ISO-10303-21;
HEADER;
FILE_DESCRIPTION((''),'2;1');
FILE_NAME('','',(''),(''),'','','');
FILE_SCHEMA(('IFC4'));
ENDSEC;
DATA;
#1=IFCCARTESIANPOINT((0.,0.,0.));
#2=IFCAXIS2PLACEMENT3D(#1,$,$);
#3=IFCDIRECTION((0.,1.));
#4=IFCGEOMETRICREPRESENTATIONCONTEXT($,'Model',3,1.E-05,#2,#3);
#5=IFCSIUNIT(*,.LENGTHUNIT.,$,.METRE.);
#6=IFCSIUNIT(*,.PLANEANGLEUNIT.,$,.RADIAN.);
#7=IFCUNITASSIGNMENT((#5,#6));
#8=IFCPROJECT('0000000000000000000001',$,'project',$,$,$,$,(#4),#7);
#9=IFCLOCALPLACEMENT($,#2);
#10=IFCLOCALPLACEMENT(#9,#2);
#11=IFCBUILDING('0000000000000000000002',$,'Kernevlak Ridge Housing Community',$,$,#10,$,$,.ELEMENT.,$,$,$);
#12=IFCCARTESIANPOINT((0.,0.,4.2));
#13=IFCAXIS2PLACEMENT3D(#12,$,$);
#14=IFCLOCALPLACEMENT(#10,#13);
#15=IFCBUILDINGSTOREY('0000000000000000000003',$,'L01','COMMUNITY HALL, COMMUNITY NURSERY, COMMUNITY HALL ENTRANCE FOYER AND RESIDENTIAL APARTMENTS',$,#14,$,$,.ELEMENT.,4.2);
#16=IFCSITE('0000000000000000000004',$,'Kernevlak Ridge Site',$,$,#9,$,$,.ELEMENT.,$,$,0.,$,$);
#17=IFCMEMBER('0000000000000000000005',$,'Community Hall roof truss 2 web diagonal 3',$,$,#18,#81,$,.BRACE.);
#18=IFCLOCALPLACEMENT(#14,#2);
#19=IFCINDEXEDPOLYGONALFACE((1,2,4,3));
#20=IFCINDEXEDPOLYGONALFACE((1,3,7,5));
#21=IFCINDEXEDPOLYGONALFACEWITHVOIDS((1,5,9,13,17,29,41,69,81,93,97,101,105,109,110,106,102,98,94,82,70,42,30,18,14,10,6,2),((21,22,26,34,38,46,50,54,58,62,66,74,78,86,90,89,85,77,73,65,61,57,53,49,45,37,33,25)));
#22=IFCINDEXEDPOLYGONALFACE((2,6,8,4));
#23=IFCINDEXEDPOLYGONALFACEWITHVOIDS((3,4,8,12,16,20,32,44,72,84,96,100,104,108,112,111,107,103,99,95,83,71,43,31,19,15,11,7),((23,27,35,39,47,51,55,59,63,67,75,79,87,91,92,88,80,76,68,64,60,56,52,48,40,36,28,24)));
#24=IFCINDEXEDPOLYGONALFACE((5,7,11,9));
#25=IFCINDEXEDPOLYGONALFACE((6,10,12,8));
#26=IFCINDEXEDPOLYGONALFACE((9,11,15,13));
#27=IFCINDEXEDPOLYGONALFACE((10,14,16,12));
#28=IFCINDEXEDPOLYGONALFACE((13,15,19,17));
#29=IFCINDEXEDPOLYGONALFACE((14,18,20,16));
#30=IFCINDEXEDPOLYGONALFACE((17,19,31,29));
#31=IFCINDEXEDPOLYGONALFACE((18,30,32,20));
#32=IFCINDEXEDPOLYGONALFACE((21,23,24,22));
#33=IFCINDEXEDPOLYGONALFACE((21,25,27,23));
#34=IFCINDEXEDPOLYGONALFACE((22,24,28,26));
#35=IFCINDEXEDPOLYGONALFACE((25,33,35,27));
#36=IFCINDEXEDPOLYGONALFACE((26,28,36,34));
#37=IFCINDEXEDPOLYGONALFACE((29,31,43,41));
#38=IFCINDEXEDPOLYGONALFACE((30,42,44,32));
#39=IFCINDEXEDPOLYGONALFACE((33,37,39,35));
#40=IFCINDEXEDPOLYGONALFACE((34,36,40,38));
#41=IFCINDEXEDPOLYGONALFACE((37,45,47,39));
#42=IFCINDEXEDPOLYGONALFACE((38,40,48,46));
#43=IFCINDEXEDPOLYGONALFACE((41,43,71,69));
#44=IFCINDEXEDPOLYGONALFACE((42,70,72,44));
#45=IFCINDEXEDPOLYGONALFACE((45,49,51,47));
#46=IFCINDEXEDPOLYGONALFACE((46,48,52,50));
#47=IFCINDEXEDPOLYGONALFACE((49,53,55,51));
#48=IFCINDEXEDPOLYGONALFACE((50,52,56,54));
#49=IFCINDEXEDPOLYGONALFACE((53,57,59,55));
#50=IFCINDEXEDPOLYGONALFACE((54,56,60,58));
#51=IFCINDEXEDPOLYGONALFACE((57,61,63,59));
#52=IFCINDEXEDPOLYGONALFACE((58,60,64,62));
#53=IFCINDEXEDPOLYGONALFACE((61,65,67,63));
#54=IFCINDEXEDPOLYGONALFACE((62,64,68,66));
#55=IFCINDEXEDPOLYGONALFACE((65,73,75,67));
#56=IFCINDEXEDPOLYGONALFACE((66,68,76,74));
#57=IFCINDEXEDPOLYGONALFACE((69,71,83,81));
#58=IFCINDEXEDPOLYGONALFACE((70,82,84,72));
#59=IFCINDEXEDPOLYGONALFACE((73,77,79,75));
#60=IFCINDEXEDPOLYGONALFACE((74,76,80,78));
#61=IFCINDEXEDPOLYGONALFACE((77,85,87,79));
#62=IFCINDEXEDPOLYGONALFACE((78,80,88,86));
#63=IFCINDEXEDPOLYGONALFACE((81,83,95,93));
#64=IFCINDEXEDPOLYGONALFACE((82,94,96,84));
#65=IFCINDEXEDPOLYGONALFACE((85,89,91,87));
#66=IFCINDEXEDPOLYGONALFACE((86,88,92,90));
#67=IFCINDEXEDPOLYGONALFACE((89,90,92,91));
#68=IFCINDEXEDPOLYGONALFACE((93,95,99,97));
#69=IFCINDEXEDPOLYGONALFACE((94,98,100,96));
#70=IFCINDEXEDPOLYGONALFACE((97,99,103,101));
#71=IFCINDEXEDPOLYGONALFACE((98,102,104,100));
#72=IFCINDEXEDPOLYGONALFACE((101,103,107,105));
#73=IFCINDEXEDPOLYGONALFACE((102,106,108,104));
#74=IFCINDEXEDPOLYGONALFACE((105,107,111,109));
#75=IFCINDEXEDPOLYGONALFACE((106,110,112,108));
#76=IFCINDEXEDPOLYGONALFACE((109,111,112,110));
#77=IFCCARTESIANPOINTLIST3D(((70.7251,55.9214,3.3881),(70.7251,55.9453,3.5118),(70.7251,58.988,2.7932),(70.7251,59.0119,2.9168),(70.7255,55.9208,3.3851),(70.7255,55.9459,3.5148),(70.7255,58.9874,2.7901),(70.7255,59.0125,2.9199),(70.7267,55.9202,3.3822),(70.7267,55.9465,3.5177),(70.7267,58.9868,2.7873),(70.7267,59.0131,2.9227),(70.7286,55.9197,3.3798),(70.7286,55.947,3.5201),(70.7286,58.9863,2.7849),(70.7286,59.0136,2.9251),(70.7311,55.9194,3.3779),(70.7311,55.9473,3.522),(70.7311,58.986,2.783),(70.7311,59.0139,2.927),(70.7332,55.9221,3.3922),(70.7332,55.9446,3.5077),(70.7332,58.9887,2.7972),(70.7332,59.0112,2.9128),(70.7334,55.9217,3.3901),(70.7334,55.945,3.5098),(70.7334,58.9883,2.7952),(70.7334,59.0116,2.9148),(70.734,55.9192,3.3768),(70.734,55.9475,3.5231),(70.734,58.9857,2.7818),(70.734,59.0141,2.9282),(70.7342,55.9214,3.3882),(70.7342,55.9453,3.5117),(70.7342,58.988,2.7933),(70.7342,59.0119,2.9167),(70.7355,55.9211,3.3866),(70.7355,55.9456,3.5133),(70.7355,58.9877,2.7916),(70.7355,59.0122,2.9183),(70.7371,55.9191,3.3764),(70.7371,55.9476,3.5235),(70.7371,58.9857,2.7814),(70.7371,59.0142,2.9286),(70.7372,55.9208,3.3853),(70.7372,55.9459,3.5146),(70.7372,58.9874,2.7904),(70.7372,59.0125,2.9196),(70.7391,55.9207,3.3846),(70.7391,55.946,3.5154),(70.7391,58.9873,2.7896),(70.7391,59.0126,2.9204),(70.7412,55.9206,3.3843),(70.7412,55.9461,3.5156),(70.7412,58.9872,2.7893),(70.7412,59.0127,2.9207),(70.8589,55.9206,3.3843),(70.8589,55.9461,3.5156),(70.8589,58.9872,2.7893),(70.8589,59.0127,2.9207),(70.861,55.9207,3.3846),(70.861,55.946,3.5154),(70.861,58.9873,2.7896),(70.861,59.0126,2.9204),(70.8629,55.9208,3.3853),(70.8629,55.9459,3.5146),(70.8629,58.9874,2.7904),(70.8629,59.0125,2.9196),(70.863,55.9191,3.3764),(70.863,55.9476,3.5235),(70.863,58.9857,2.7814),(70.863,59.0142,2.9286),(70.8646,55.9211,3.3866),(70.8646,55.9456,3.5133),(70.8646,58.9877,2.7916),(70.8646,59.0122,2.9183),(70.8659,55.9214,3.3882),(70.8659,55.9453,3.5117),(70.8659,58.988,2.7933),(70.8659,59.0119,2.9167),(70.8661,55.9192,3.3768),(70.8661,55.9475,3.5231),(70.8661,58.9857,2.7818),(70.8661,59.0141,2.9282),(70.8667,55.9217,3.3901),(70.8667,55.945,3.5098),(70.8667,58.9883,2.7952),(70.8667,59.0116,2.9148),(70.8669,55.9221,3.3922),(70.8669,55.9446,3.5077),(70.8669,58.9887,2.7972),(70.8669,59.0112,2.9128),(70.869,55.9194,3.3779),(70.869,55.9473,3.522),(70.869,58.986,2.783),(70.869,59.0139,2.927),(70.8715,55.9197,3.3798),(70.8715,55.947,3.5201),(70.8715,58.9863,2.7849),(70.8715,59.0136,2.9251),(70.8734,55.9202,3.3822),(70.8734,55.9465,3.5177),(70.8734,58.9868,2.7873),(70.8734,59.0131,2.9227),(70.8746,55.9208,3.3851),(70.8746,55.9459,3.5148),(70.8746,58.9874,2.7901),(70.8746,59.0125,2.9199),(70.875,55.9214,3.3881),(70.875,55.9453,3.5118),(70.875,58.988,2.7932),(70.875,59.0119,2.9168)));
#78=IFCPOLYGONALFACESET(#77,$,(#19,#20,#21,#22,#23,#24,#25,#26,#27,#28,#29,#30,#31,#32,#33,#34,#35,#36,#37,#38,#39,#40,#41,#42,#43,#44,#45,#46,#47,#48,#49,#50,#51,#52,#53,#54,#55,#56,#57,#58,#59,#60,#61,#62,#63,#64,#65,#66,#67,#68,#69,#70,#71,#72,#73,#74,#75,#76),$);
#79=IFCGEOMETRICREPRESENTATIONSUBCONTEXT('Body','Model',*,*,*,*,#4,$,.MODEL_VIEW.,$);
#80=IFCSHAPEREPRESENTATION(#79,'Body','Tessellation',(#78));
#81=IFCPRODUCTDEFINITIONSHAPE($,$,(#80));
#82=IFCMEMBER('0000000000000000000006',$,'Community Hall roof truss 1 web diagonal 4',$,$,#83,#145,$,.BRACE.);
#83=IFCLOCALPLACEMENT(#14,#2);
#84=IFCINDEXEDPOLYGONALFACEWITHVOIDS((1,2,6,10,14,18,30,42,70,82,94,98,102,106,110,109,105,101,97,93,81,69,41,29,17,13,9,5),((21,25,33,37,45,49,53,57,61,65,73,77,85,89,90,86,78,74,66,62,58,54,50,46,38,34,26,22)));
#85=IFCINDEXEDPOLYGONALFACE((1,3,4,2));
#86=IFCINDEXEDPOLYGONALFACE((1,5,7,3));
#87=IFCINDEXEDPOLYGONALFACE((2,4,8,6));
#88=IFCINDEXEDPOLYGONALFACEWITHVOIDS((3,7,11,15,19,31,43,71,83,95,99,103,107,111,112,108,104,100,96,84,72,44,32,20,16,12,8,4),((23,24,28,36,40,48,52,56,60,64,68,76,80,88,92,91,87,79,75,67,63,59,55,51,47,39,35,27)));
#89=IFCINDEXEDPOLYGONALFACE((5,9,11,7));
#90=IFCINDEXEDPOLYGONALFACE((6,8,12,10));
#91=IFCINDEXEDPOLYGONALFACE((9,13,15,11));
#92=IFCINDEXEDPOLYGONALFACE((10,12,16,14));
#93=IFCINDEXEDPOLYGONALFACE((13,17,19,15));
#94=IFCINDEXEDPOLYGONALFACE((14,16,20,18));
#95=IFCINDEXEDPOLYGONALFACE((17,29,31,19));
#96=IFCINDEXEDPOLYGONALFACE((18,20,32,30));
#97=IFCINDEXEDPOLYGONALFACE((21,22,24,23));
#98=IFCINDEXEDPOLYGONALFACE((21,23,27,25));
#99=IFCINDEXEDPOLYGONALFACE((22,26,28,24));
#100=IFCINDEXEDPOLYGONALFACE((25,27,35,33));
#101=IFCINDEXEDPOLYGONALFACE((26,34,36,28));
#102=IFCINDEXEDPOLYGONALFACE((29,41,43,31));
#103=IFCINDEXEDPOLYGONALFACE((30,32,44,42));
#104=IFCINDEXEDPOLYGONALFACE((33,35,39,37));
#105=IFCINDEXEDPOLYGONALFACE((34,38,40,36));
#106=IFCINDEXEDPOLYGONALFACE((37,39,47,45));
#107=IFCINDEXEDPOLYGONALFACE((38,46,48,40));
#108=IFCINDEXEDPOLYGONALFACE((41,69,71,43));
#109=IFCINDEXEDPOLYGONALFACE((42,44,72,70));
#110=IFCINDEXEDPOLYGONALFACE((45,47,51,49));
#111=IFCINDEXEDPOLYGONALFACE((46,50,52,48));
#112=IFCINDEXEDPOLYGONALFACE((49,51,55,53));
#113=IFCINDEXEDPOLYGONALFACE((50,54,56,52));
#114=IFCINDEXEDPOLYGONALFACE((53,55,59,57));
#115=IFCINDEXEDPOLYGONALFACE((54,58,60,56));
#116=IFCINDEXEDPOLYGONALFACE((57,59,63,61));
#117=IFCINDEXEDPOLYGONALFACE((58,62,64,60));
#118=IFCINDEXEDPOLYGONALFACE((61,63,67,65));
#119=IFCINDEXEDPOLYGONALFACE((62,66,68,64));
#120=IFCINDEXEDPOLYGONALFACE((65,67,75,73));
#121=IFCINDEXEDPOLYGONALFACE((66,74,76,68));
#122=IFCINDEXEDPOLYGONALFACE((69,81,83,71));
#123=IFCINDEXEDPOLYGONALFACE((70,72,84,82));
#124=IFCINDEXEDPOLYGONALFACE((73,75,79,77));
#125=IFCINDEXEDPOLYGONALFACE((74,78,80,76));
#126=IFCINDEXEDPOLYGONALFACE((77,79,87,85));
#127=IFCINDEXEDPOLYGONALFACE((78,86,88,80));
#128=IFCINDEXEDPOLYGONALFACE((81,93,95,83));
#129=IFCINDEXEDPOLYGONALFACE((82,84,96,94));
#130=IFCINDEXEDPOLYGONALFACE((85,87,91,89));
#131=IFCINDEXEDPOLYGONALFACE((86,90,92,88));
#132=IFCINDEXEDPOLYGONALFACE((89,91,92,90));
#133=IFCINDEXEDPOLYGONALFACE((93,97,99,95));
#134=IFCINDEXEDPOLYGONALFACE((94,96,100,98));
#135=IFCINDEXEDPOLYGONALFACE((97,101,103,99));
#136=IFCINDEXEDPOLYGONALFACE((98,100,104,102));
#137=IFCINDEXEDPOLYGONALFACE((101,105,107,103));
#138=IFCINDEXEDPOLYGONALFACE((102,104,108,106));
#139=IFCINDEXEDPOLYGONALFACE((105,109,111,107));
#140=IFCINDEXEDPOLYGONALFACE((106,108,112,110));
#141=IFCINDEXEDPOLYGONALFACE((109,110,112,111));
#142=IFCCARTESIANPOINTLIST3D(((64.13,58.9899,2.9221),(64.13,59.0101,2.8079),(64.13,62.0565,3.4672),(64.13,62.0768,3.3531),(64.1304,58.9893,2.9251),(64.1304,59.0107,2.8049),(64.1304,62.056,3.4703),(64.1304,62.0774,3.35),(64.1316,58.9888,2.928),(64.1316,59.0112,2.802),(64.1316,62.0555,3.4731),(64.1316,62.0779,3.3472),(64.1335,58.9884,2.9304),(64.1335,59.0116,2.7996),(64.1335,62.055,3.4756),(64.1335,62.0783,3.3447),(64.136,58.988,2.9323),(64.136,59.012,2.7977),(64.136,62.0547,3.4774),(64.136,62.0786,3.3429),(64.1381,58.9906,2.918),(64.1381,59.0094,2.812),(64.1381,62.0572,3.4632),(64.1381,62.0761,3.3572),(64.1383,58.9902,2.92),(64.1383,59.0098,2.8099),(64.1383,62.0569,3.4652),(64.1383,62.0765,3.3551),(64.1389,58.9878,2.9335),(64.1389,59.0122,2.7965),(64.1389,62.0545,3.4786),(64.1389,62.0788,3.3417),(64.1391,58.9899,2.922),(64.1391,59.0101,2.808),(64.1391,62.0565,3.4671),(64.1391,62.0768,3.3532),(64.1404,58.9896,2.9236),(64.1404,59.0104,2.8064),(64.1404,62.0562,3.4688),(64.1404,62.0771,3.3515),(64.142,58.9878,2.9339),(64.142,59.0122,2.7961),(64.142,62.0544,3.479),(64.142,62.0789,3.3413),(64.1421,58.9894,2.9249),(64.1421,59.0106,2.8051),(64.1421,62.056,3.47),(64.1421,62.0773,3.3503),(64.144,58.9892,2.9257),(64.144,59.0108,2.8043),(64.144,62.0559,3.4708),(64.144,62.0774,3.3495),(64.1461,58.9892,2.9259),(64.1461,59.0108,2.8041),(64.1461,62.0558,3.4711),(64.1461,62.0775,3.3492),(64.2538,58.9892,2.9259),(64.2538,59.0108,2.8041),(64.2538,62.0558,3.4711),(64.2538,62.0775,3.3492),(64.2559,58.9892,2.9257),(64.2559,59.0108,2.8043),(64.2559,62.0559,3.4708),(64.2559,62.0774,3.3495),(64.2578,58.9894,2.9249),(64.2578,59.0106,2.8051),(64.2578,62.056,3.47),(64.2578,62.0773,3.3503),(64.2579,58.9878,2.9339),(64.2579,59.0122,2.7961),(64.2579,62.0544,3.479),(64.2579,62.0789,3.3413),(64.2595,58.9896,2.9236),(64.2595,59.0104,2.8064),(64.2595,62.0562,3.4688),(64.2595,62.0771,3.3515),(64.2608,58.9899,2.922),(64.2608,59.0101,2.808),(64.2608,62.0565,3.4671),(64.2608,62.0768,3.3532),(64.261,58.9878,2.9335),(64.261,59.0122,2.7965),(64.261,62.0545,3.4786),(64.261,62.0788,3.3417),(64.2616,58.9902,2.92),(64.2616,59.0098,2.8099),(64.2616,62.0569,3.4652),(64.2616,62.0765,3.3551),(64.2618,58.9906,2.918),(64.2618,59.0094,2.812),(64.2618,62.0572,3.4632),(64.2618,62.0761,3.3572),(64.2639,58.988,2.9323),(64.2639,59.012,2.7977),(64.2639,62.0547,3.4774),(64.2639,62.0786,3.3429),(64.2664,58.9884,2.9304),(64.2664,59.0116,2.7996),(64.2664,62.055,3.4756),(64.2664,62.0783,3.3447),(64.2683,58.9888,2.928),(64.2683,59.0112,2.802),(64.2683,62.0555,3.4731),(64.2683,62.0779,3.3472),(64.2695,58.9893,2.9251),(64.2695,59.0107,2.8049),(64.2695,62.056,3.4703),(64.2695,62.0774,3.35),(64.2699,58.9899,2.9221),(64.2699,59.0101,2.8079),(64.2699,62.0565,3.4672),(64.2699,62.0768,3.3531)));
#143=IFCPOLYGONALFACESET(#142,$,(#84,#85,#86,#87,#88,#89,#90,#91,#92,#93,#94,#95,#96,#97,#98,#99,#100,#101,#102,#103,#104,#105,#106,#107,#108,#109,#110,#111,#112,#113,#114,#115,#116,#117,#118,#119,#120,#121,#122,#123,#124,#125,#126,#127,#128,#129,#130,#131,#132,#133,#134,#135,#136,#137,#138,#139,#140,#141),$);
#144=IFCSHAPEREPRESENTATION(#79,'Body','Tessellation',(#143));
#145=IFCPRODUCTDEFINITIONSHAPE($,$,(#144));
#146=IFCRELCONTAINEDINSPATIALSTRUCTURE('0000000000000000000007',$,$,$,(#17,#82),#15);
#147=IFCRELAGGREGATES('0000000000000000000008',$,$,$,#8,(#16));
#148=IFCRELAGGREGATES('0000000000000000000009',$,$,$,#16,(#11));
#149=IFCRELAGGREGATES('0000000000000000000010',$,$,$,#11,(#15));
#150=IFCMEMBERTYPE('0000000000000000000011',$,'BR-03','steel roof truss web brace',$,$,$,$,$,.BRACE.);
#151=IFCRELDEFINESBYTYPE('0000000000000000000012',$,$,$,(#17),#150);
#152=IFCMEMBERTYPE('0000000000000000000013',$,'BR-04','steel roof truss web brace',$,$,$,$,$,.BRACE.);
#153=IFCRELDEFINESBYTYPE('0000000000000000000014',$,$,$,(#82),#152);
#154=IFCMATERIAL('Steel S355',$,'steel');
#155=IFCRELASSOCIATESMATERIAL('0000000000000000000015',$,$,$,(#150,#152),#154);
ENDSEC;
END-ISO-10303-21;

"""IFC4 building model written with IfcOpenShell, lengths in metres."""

from ifc_helpers import new_model, si_unit, direction, frame, origin, origin_2d, place, context, subcontext, project, spatial, hollow_rectangle, extrude, material, material_profile, profile_set, type_object, element, save


model = new_model("IFC4")

# Units and contexts
model_context = context("Model", 3, precision=1e-05, world=origin(), true_north=direction((0.0, 1.0)))
body_context = subcontext(model_context, "Body", "Model", "MODEL_VIEW")
ifc_project = project(units=[si_unit("LENGTHUNIT", "METRE"), si_unit("PLANEANGLEUNIT", "RADIAN")], contexts=[model_context])

# Site, building, storey
site_placement = place(None, origin())
site = spatial("IfcSite", under=ifc_project, at=site_placement, Name="Kernevlak Ridge Site", CompositionType="ELEMENT", RefElevation=0.0)
building_placement = place(site_placement, origin())
building = spatial("IfcBuilding", under=site, at=building_placement, Name="Kernevlak Ridge Housing Community", CompositionType="ELEMENT")
storey_placement = place(building_placement, frame((0.0, 0.0, 4.2)))
storey = spatial("IfcBuildingStorey", under=building, at=storey_placement, Name="L01", Description="COMMUNITY HALL, COMMUNITY NURSERY, COMMUNITY HALL ENTRANCE FOYER AND RESIDENTIAL APARTMENTS", CompositionType="ELEMENT", Elevation=4.2)

# Members
ifc_material_1 = material(Name="Steel S355", Category="steel")
ifc_material_profile_1 = material_profile(ifc_material_1, hollow_rectangle(XDim=0.1499, YDim=0.1499, WallThickness=0.0081, InnerFilletRadius=0.0081, OuterFilletRadius=0.012, at=origin_2d()), Name="SHS 150x150x8")
ifc_profile_set_1 = profile_set([ifc_material_profile_1], Name="Steel S355")
member_type_1 = type_object("IfcMemberType", Name="BR-03", Description="steel roof truss web brace", PredefinedType="BRACE", material=ifc_profile_set_1)
member_1_placement = place(storey_placement, frame((70.8, 55.9333, 3.45), z_axis=(0.0, 0.981695, -0.190462), x_axis=(-1.0, 0.0, 0.0)))
element("IfcMember", 1, at=member_1_placement, inside=storey, type_object=member_type_1, Name="Community Hall roof truss 2 web diagonal 3", PredefinedType="BRACE", context=body_context, shape_type="SweptSolid", body=[
    extrude(hollow_rectangle(XDim=0.1499, YDim=0.1499, WallThickness=0.0081, InnerFilletRadius=0.0081, OuterFilletRadius=0.012, at=origin_2d()), origin(), (0.0, 0.0, 1.0), 3.1238),
])
ifc_material_profile_2 = material_profile(ifc_material_1, hollow_rectangle(XDim=0.1399, YDim=0.1399, WallThickness=0.0081, InnerFilletRadius=0.0081, OuterFilletRadius=0.012, at=origin_2d()), Name="SHS 140x140x8")
ifc_profile_set_2 = profile_set([ifc_material_profile_2], Name="Steel S355")
member_type_2 = type_object("IfcMemberType", Name="BR-04", Description="steel roof truss web brace", PredefinedType="BRACE", material=ifc_profile_set_2)
member_2_placement = place(storey_placement, frame((64.2, 59.0, 2.865), z_axis=(0.0, 0.984563, 0.175028), x_axis=(-1.0, 0.0, 0.0)))
element("IfcMember", 2, at=member_2_placement, inside=storey, type_object=member_type_2, Name="Community Hall roof truss 1 web diagonal 4", PredefinedType="BRACE", context=body_context, shape_type="SweptSolid", body=[
    extrude(hollow_rectangle(XDim=0.1399, YDim=0.1399, WallThickness=0.0081, InnerFilletRadius=0.0081, OuterFilletRadius=0.012, at=origin_2d()), origin(), (0.0, 0.0, 1.0), 3.1147),
])

save(model, "model.ifc")
